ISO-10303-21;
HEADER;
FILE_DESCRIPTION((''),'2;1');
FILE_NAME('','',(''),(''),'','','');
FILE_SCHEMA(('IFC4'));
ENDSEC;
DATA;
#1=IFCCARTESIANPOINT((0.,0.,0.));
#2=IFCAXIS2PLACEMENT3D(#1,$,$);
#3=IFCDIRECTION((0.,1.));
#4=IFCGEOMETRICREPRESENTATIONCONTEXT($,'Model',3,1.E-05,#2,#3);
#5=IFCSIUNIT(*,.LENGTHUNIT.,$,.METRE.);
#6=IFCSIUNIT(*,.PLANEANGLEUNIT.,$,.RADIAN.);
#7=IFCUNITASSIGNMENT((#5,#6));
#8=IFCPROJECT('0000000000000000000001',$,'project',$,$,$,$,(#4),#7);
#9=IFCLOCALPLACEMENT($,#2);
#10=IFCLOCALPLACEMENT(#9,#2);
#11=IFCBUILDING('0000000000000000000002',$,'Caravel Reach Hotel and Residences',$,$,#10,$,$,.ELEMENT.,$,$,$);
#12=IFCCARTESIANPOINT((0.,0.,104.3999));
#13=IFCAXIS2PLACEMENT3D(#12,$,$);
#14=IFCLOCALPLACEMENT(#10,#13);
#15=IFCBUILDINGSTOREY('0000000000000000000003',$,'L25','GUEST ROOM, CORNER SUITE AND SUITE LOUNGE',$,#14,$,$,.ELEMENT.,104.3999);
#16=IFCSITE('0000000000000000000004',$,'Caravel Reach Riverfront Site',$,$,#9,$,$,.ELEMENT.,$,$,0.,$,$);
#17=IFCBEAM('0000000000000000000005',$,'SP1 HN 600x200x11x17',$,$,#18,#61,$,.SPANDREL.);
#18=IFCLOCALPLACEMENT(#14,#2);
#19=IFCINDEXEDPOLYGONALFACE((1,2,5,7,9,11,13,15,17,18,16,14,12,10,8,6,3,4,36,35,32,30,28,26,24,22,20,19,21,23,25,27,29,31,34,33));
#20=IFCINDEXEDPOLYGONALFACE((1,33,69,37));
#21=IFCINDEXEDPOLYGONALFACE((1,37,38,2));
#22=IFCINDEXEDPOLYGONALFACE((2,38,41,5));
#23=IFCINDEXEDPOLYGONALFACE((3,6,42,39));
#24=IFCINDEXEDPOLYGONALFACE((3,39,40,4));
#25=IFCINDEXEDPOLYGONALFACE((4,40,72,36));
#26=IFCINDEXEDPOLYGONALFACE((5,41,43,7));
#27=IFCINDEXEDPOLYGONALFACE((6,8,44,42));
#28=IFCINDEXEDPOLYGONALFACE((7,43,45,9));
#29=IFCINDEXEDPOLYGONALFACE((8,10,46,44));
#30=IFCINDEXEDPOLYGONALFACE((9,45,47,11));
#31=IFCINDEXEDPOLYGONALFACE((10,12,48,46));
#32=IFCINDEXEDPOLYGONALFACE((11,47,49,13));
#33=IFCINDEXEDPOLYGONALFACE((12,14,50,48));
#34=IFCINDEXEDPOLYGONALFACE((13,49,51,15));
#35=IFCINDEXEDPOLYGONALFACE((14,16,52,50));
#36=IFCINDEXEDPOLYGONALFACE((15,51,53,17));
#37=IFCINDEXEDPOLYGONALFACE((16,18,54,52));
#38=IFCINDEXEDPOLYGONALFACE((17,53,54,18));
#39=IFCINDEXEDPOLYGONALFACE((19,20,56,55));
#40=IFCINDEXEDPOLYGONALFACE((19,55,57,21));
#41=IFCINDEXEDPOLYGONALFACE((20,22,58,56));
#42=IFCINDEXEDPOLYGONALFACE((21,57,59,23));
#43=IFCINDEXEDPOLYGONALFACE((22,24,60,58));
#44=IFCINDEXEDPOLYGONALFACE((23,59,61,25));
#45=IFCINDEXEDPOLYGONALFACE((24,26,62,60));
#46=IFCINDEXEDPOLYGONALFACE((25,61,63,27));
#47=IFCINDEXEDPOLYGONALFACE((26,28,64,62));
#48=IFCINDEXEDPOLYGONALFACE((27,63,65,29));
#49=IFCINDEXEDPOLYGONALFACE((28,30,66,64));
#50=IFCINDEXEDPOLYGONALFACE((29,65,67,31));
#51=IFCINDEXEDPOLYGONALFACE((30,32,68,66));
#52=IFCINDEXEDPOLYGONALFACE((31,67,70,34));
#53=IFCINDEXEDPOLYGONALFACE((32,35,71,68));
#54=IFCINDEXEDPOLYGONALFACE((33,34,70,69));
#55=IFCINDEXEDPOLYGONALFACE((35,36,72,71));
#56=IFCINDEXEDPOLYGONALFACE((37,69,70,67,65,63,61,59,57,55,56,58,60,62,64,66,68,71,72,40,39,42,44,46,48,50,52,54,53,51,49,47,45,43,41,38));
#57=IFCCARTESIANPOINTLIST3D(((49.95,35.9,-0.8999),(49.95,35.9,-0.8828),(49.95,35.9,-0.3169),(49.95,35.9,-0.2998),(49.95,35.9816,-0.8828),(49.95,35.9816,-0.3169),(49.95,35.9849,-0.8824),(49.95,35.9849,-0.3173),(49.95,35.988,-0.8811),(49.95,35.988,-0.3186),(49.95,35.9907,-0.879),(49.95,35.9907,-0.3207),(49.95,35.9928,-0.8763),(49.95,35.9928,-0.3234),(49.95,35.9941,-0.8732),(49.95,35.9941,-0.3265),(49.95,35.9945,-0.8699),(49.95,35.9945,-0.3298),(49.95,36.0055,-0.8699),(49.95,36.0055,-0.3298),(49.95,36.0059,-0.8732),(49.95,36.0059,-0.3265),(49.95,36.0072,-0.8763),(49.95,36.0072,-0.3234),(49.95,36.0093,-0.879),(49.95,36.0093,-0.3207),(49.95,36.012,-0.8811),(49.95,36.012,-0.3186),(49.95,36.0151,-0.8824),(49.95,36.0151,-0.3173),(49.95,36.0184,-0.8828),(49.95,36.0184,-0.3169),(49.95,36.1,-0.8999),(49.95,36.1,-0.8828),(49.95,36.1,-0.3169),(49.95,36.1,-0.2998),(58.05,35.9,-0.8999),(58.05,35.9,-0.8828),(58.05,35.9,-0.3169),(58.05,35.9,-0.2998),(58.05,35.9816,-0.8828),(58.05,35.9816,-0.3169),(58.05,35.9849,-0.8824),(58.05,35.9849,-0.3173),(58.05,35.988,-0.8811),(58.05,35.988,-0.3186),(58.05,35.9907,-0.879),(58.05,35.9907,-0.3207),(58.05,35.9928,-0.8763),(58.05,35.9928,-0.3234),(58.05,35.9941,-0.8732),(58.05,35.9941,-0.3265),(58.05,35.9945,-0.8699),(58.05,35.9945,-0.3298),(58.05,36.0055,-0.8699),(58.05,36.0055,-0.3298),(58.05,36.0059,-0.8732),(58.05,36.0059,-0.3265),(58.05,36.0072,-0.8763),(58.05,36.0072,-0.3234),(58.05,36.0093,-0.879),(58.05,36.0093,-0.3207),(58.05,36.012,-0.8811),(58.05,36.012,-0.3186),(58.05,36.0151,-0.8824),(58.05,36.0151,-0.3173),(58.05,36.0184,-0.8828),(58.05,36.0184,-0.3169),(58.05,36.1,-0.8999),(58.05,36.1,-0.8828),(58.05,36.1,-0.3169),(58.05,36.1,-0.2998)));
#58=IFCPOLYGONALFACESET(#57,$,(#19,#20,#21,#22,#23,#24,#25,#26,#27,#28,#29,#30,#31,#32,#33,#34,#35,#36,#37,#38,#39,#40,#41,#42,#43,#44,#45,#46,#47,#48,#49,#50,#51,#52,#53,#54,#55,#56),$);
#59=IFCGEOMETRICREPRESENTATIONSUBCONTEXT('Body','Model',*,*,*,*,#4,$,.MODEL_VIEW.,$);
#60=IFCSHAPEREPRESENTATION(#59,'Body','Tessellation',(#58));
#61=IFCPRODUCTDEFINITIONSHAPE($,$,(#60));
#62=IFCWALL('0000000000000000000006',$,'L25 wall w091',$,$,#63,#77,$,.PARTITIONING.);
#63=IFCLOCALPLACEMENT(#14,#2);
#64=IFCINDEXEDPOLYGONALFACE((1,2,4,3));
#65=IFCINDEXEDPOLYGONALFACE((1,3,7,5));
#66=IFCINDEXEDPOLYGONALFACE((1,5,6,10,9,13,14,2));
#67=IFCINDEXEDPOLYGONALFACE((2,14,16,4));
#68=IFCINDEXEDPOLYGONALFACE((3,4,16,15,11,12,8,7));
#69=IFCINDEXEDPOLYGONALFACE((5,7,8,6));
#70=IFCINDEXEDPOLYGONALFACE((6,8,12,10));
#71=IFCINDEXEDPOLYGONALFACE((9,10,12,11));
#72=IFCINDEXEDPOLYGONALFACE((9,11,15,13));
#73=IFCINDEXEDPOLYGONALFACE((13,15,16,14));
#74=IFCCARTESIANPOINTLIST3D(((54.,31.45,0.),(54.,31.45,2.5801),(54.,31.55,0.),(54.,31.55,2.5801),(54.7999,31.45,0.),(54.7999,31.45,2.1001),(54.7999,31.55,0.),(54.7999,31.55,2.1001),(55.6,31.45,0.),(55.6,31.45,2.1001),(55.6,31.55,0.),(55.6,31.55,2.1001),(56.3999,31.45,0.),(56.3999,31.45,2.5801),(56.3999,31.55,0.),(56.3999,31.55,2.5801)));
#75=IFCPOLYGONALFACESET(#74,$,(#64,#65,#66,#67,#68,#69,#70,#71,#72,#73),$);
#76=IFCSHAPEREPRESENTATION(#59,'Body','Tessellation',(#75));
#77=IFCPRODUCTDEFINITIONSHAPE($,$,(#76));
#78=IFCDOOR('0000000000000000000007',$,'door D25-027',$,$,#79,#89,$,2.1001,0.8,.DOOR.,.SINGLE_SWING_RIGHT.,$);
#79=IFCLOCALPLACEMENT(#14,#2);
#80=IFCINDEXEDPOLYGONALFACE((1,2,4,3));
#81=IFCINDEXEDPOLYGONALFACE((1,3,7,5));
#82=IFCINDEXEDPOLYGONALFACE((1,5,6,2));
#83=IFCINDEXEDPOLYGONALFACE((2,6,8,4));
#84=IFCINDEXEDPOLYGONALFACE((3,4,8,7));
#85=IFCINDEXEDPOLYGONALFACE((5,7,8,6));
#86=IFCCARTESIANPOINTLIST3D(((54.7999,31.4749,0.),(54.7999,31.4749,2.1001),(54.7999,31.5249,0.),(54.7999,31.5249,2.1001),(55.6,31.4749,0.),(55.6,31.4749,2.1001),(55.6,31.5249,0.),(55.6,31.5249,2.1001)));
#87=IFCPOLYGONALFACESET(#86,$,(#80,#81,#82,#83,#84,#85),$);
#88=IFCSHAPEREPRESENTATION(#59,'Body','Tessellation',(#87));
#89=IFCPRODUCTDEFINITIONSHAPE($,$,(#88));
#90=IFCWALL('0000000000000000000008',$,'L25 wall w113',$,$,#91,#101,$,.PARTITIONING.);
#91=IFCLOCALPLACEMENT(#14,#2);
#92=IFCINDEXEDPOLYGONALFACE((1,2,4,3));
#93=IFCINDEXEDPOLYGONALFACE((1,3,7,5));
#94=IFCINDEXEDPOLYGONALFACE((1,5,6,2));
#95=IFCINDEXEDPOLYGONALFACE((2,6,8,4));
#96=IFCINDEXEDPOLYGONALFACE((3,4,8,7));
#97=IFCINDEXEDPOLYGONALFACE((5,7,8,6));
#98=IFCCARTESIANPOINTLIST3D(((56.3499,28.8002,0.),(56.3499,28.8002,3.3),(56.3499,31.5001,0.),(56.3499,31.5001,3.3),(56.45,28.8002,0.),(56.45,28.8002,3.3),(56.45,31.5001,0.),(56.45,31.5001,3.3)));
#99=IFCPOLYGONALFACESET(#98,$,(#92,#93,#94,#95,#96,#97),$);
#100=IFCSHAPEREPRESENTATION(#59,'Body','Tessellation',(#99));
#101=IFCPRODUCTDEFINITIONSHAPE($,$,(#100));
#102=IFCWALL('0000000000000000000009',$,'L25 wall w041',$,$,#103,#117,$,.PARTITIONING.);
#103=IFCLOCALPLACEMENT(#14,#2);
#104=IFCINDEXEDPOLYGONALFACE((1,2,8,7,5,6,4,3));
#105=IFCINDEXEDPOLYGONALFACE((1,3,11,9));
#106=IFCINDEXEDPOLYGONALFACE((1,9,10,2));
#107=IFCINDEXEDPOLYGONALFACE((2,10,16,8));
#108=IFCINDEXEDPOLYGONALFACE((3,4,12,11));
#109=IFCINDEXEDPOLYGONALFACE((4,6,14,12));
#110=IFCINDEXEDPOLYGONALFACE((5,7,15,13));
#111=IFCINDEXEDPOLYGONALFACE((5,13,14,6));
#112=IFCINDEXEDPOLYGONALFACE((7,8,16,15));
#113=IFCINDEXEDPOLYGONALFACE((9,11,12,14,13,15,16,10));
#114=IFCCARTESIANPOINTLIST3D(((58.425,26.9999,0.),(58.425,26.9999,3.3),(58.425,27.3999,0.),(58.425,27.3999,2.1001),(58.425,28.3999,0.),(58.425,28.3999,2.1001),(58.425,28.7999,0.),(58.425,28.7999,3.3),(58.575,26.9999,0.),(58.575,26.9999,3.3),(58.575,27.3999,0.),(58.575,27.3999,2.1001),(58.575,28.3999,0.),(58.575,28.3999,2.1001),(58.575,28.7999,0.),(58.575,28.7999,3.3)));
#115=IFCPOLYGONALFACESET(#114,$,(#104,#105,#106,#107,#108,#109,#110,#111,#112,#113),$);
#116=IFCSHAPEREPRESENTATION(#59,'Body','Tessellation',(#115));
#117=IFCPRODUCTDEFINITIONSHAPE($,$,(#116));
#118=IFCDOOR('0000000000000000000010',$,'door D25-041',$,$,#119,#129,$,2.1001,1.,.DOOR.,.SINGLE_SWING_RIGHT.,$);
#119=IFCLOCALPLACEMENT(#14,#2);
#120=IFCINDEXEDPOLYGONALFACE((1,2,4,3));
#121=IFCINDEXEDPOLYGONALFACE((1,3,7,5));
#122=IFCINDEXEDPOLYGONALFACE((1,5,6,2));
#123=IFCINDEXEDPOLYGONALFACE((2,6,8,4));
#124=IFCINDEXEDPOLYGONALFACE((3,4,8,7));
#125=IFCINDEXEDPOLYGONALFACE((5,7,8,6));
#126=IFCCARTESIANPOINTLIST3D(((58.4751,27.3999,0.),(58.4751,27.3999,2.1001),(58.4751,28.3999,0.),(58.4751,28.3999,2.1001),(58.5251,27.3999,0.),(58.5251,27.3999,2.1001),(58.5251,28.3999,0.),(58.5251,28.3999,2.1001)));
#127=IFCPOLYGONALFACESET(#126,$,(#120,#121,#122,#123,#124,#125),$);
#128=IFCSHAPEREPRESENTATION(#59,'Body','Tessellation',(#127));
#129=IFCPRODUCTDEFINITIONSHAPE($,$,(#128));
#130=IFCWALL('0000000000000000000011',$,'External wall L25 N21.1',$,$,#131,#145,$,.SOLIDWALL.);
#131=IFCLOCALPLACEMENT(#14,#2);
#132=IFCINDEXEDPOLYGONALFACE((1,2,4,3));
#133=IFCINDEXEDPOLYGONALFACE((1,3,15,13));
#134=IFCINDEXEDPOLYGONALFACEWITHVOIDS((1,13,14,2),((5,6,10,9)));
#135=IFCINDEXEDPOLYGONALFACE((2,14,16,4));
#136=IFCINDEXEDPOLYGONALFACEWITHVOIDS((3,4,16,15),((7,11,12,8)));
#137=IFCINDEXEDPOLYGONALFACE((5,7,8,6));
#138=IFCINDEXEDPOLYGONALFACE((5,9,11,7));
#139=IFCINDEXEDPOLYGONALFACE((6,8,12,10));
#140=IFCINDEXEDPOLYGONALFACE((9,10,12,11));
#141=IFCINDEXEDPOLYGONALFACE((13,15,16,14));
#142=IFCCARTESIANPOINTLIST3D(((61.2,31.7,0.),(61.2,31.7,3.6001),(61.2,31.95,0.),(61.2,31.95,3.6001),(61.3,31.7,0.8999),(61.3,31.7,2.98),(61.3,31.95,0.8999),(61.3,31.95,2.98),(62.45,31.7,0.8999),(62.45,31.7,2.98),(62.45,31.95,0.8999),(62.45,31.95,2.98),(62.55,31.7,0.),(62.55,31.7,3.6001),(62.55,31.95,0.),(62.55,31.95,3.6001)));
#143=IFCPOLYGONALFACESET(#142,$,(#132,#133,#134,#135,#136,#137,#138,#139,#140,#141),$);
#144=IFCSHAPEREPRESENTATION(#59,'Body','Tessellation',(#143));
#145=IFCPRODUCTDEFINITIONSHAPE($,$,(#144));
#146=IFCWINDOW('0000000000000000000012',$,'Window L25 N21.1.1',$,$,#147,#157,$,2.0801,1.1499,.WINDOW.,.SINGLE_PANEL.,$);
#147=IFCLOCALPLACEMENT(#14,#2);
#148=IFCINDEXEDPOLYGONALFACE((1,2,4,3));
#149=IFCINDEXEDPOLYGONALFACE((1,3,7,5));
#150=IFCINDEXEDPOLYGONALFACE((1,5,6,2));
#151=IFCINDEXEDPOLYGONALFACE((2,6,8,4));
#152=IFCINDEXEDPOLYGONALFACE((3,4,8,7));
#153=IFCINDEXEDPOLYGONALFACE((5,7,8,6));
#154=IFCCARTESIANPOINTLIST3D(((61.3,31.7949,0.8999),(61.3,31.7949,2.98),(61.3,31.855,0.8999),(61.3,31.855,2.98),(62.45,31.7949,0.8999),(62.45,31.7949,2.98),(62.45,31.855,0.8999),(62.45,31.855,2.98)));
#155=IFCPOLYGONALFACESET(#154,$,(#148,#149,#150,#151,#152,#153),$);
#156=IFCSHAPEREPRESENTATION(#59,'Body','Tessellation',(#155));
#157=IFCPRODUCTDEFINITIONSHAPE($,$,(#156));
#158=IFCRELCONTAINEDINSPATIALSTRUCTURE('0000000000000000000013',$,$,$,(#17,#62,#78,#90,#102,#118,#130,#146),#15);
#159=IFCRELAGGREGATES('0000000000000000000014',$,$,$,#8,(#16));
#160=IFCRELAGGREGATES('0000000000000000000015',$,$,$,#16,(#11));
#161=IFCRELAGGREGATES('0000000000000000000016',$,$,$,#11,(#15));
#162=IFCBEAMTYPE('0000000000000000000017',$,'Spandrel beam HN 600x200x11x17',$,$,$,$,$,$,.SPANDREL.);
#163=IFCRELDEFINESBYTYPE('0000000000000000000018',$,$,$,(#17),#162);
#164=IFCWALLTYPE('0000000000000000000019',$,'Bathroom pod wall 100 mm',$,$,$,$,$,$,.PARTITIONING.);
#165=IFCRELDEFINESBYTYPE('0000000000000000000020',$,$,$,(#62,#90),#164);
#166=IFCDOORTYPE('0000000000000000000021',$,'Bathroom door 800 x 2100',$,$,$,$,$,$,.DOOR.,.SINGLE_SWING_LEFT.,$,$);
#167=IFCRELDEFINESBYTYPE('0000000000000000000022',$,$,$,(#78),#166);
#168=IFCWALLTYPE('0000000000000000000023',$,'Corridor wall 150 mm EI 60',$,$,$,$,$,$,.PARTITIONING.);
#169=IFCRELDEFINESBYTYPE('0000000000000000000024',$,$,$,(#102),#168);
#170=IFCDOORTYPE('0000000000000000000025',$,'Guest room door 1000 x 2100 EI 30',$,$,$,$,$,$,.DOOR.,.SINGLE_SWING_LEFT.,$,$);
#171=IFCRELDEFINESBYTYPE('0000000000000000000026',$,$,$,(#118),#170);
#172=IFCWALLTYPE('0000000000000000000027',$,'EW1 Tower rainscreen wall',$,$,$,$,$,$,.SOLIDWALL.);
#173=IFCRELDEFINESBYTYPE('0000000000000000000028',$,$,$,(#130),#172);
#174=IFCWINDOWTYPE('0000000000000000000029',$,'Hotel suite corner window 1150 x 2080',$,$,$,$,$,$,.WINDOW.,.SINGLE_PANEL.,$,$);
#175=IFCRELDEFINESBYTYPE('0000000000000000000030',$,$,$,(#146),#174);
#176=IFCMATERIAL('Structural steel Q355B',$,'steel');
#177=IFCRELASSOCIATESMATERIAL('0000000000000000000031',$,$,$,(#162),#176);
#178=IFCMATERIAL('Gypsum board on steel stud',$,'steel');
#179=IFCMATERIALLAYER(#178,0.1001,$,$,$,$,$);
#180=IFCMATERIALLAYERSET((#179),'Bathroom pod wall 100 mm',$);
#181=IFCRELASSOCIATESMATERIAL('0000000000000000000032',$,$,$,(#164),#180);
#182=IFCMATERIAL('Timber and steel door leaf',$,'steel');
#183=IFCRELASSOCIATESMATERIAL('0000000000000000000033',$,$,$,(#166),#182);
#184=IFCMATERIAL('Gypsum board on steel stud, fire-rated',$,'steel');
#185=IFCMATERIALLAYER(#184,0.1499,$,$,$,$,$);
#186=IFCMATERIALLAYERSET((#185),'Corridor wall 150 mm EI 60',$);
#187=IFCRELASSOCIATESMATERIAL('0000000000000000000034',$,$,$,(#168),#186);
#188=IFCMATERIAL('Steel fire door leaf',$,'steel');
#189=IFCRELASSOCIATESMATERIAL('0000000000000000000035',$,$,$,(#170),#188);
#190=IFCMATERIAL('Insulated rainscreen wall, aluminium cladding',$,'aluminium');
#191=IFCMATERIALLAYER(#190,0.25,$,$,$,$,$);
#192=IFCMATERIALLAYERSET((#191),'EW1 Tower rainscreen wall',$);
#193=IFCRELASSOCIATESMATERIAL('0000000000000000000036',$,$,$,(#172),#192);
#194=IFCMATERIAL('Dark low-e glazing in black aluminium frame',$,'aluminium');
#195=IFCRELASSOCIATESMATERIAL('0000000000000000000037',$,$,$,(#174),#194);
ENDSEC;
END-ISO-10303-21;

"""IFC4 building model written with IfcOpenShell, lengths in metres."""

from ifc_helpers import new_model, si_unit, direction, frame, frame_2d, origin, origin_2d, place, context, subcontext, project, spatial, rectangle, i_section, extrude, material, layer, layer_set, material_profile, profile_set, type_object, element, fill, save


model = new_model("IFC4")

# Units and contexts
model_context = context("Model", 3, precision=1e-05, world=origin(), true_north=direction((0.0, 1.0)))
body_context = subcontext(model_context, "Body", "Model", "MODEL_VIEW")
ifc_project = project(units=[si_unit("LENGTHUNIT", "METRE"), si_unit("PLANEANGLEUNIT", "RADIAN")], contexts=[model_context])

# Site, building, storey
site_placement = place(None, origin())
site = spatial("IfcSite", under=ifc_project, at=site_placement, Name="Caravel Reach Riverfront Site", CompositionType="ELEMENT", RefElevation=0.0)
building_placement = place(site_placement, origin())
building = spatial("IfcBuilding", under=site, at=building_placement, Name="Caravel Reach Hotel and Residences", CompositionType="ELEMENT")
storey_placement = place(building_placement, frame((0.0, 0.0, 104.3999)))
storey = spatial("IfcBuildingStorey", under=building, at=storey_placement, Name="L25", Description="GUEST ROOM, CORNER SUITE AND SUITE LOUNGE", CompositionType="ELEMENT", Elevation=104.3999)

# Beam
ifc_material_1 = material(Name="Structural steel Q355B", Category="steel")
ifc_material_profile_1 = material_profile(ifc_material_1, i_section(OverallWidth=0.2, OverallDepth=0.6001, WebThickness=0.011, FlangeThickness=0.0171, FilletRadius=0.0129, at=origin_2d()), Name="HN 600x200x11x17")
ifc_profile_set_1 = profile_set([ifc_material_profile_1], Name="Structural steel Q355B")
beam_type_1 = type_object("IfcBeamType", Name="Spandrel beam HN 600x200x11x17", PredefinedType="SPANDREL", material=ifc_profile_set_1)
beam_1_placement = place(storey_placement, frame((58.05, 36.0, -0.5999), z_axis=(-1.0, 0.0, 0.0), x_axis=(0.0, -1.0, 0.0)))
element("IfcBeam", 1, at=beam_1_placement, inside=storey, type_object=beam_type_1, Name="SP1 HN 600x200x11x17", PredefinedType="SPANDREL", context=body_context, shape_type="SweptSolid", body=[
    extrude(i_section(OverallWidth=0.2, OverallDepth=0.6001, WebThickness=0.011, FlangeThickness=0.0171, FilletRadius=0.0129, at=origin_2d()), origin(), (0.0, 0.0, 1.0), 8.1001),
])

# Wall, opening, door
ifc_material_2 = material(Name="Gypsum board on steel stud", Category="steel")
ifc_layer_1 = layer(ifc_material_2, 0.1001)
ifc_layer_set_1 = layer_set([ifc_layer_1], Name="Bathroom pod wall 100 mm")
wall_type_1 = type_object("IfcWallType", Name="Bathroom pod wall 100 mm", PredefinedType="PARTITIONING", material=ifc_layer_set_1)
wall_1_placement = place(storey_placement, frame((54.0, 31.5, 0.0), z_axis=(0.0, 0.0, 1.0), x_axis=(1.0, 0.0, 0.0)))
wall_1 = element("IfcWall", 2, at=wall_1_placement, inside=storey, type_object=wall_type_1, Name="L25 wall w091", PredefinedType="PARTITIONING", context=body_context, shape_type="SweptSolid", body=[
    extrude(rectangle(XDim=2.3999, YDim=0.1001, at=frame_2d((1.2, 0.0))), origin(), (0.0, 0.0, 1.0), 2.5801),
])
opening_1_placement = place(wall_1_placement, frame((0.8, 0.0, 0.0)))
opening_1 = element("IfcOpeningElement", 3, at=opening_1_placement, cuts=wall_1, PredefinedType="OPENING", context=body_context, shape_type="SweptSolid", body=[
    extrude(rectangle(XDim=0.8, YDim=2.1001, at=frame_2d((0.3999, 1.05))), frame((0.0, 0.0601, 0.0), z_axis=(0.0, -1.0, 0.0), x_axis=(1.0, 0.0, 0.0)), (0.0, 0.0, 1.0), 0.1201),
])
ifc_material_3 = material(Name="Timber and steel door leaf", Category="steel")
door_type_1 = type_object("IfcDoorType", Name="Bathroom door 800 x 2100", OperationType="SINGLE_SWING_LEFT", PredefinedType="DOOR", material=ifc_material_3)
door_1_placement = place(opening_1_placement, origin())
door_1 = element("IfcDoor", 4, at=door_1_placement, inside=storey, type_object=door_type_1, Name="door D25-027", OperationType="SINGLE_SWING_RIGHT", OverallHeight=2.1001, OverallWidth=0.8, PredefinedType="DOOR", context=body_context, shape_type="SweptSolid", body=[
    extrude(rectangle(XDim=0.8, YDim=2.1001, at=frame_2d((0.3999, 1.05))), frame((0.0, 0.0249, 0.0), z_axis=(0.0, -1.0, 0.0), x_axis=(1.0, 0.0, 0.0)), (0.0, 0.0, 1.0), 0.05),
])
fill(opening_1, door_1)

# Wall
wall_2_placement = place(storey_placement, frame((56.3999, 28.8, 0.0), z_axis=(0.0, 0.0, 1.0), x_axis=(0.0, 1.0, 0.0)))
element("IfcWall", 5, at=wall_2_placement, inside=storey, type_object=wall_type_1, Name="L25 wall w113", PredefinedType="PARTITIONING", context=body_context, shape_type="SweptSolid", body=[
    extrude(rectangle(XDim=2.7, YDim=0.1001, at=frame_2d((1.3501, 0.0))), origin(), (0.0, 0.0, 1.0), 3.3),
])

# Wall, opening, door
ifc_material_4 = material(Name="Gypsum board on steel stud, fire-rated", Category="steel")
ifc_layer_2 = layer(ifc_material_4, 0.1499)
ifc_layer_set_2 = layer_set([ifc_layer_2], Name="Corridor wall 150 mm EI 60")
wall_type_2 = type_object("IfcWallType", Name="Corridor wall 150 mm EI 60", PredefinedType="PARTITIONING", material=ifc_layer_set_2)
wall_3_placement = place(storey_placement, frame((58.5, 27.0, 0.0), z_axis=(0.0, 0.0, 1.0), x_axis=(0.0, 1.0, 0.0)))
wall_3 = element("IfcWall", 6, at=wall_3_placement, inside=storey, type_object=wall_type_2, Name="L25 wall w041", PredefinedType="PARTITIONING", context=body_context, shape_type="SweptSolid", body=[
    extrude(rectangle(XDim=1.8, YDim=0.1499, at=frame_2d((0.8999, 0.0))), origin(), (0.0, 0.0, 1.0), 3.3),
])
opening_2_placement = place(wall_3_placement, frame((0.3999, 0.0, 0.0)))
opening_2 = element("IfcOpeningElement", 7, at=opening_2_placement, cuts=wall_3, PredefinedType="OPENING", context=body_context, shape_type="SweptSolid", body=[
    extrude(rectangle(XDim=1.0, YDim=2.1001, at=frame_2d((0.5, 1.05))), frame((0.0, 0.085, 0.0), z_axis=(0.0, -1.0, 0.0), x_axis=(1.0, 0.0, 0.0)), (0.0, 0.0, 1.0), 0.1699),
])
ifc_material_5 = material(Name="Steel fire door leaf", Category="steel")
door_type_2 = type_object("IfcDoorType", Name="Guest room door 1000 x 2100 EI 30", OperationType="SINGLE_SWING_LEFT", PredefinedType="DOOR", material=ifc_material_5)
door_2_placement = place(opening_2_placement, origin())
door_2 = element("IfcDoor", 8, at=door_2_placement, inside=storey, type_object=door_type_2, Name="door D25-041", OperationType="SINGLE_SWING_RIGHT", OverallHeight=2.1001, OverallWidth=1.0, PredefinedType="DOOR", context=body_context, shape_type="SweptSolid", body=[
    extrude(rectangle(XDim=1.0, YDim=2.1001, at=frame_2d((0.5, 1.05))), frame((0.0, 0.0249, 0.0), z_axis=(0.0, -1.0, 0.0), x_axis=(1.0, 0.0, 0.0)), (0.0, 0.0, 1.0), 0.05),
])
fill(opening_2, door_2)

# Wall, opening, window
ifc_material_6 = material(Name="Insulated rainscreen wall, aluminium cladding", Category="aluminium")
ifc_layer_3 = layer(ifc_material_6, 0.25)
ifc_layer_set_3 = layer_set([ifc_layer_3], Name="EW1 Tower rainscreen wall")
wall_type_3 = type_object("IfcWallType", Name="EW1 Tower rainscreen wall", PredefinedType="SOLIDWALL", material=ifc_layer_set_3)
wall_4_placement = place(storey_placement, frame((62.55, 31.825, 0.0), z_axis=(0.0, 0.0, 1.0), x_axis=(-1.0, 0.0, 0.0)))
wall_4 = element("IfcWall", 9, at=wall_4_placement, inside=storey, type_object=wall_type_3, Name="External wall L25 N21.1", PredefinedType="SOLIDWALL", context=body_context, shape_type="SweptSolid", body=[
    extrude(rectangle(XDim=1.3501, YDim=0.25, at=frame_2d((0.675, 0.0))), origin(), (0.0, 0.0, 1.0), 3.6001),
])
opening_3_placement = place(wall_4_placement, frame((0.1001, 0.0, 0.8999)))
opening_3 = element("IfcOpeningElement", 10, at=opening_3_placement, cuts=wall_4, PredefinedType="OPENING", context=body_context, shape_type="SweptSolid", body=[
    extrude(rectangle(XDim=1.1499, YDim=2.0801, at=frame_2d((0.575, 1.04))), frame((0.0, 0.135, 0.0), z_axis=(0.0, -1.0, 0.0), x_axis=(1.0, 0.0, 0.0)), (0.0, 0.0, 1.0), 0.27),
])
ifc_material_7 = material(Name="Dark low-e glazing in black aluminium frame", Category="aluminium")
window_type_1 = type_object("IfcWindowType", Name="Hotel suite corner window 1150 x 2080", PartitioningType="SINGLE_PANEL", PredefinedType="WINDOW", material=ifc_material_7)
window_1_placement = place(opening_3_placement, origin())
window_1 = element("IfcWindow", 11, at=window_1_placement, inside=storey, type_object=window_type_1, Name="Window L25 N21.1.1", OverallHeight=2.0801, OverallWidth=1.1499, PartitioningType="SINGLE_PANEL", PredefinedType="WINDOW", context=body_context, shape_type="SweptSolid", body=[
    extrude(rectangle(XDim=1.1499, YDim=2.0801, at=frame_2d((0.575, 1.04))), frame((0.0, 0.03, 0.0), z_axis=(0.0, -1.0, 0.0), x_axis=(1.0, 0.0, 0.0)), (0.0, 0.0, 1.0), 0.0601),
])
fill(opening_3, window_1)

save(model, "model.ifc")
